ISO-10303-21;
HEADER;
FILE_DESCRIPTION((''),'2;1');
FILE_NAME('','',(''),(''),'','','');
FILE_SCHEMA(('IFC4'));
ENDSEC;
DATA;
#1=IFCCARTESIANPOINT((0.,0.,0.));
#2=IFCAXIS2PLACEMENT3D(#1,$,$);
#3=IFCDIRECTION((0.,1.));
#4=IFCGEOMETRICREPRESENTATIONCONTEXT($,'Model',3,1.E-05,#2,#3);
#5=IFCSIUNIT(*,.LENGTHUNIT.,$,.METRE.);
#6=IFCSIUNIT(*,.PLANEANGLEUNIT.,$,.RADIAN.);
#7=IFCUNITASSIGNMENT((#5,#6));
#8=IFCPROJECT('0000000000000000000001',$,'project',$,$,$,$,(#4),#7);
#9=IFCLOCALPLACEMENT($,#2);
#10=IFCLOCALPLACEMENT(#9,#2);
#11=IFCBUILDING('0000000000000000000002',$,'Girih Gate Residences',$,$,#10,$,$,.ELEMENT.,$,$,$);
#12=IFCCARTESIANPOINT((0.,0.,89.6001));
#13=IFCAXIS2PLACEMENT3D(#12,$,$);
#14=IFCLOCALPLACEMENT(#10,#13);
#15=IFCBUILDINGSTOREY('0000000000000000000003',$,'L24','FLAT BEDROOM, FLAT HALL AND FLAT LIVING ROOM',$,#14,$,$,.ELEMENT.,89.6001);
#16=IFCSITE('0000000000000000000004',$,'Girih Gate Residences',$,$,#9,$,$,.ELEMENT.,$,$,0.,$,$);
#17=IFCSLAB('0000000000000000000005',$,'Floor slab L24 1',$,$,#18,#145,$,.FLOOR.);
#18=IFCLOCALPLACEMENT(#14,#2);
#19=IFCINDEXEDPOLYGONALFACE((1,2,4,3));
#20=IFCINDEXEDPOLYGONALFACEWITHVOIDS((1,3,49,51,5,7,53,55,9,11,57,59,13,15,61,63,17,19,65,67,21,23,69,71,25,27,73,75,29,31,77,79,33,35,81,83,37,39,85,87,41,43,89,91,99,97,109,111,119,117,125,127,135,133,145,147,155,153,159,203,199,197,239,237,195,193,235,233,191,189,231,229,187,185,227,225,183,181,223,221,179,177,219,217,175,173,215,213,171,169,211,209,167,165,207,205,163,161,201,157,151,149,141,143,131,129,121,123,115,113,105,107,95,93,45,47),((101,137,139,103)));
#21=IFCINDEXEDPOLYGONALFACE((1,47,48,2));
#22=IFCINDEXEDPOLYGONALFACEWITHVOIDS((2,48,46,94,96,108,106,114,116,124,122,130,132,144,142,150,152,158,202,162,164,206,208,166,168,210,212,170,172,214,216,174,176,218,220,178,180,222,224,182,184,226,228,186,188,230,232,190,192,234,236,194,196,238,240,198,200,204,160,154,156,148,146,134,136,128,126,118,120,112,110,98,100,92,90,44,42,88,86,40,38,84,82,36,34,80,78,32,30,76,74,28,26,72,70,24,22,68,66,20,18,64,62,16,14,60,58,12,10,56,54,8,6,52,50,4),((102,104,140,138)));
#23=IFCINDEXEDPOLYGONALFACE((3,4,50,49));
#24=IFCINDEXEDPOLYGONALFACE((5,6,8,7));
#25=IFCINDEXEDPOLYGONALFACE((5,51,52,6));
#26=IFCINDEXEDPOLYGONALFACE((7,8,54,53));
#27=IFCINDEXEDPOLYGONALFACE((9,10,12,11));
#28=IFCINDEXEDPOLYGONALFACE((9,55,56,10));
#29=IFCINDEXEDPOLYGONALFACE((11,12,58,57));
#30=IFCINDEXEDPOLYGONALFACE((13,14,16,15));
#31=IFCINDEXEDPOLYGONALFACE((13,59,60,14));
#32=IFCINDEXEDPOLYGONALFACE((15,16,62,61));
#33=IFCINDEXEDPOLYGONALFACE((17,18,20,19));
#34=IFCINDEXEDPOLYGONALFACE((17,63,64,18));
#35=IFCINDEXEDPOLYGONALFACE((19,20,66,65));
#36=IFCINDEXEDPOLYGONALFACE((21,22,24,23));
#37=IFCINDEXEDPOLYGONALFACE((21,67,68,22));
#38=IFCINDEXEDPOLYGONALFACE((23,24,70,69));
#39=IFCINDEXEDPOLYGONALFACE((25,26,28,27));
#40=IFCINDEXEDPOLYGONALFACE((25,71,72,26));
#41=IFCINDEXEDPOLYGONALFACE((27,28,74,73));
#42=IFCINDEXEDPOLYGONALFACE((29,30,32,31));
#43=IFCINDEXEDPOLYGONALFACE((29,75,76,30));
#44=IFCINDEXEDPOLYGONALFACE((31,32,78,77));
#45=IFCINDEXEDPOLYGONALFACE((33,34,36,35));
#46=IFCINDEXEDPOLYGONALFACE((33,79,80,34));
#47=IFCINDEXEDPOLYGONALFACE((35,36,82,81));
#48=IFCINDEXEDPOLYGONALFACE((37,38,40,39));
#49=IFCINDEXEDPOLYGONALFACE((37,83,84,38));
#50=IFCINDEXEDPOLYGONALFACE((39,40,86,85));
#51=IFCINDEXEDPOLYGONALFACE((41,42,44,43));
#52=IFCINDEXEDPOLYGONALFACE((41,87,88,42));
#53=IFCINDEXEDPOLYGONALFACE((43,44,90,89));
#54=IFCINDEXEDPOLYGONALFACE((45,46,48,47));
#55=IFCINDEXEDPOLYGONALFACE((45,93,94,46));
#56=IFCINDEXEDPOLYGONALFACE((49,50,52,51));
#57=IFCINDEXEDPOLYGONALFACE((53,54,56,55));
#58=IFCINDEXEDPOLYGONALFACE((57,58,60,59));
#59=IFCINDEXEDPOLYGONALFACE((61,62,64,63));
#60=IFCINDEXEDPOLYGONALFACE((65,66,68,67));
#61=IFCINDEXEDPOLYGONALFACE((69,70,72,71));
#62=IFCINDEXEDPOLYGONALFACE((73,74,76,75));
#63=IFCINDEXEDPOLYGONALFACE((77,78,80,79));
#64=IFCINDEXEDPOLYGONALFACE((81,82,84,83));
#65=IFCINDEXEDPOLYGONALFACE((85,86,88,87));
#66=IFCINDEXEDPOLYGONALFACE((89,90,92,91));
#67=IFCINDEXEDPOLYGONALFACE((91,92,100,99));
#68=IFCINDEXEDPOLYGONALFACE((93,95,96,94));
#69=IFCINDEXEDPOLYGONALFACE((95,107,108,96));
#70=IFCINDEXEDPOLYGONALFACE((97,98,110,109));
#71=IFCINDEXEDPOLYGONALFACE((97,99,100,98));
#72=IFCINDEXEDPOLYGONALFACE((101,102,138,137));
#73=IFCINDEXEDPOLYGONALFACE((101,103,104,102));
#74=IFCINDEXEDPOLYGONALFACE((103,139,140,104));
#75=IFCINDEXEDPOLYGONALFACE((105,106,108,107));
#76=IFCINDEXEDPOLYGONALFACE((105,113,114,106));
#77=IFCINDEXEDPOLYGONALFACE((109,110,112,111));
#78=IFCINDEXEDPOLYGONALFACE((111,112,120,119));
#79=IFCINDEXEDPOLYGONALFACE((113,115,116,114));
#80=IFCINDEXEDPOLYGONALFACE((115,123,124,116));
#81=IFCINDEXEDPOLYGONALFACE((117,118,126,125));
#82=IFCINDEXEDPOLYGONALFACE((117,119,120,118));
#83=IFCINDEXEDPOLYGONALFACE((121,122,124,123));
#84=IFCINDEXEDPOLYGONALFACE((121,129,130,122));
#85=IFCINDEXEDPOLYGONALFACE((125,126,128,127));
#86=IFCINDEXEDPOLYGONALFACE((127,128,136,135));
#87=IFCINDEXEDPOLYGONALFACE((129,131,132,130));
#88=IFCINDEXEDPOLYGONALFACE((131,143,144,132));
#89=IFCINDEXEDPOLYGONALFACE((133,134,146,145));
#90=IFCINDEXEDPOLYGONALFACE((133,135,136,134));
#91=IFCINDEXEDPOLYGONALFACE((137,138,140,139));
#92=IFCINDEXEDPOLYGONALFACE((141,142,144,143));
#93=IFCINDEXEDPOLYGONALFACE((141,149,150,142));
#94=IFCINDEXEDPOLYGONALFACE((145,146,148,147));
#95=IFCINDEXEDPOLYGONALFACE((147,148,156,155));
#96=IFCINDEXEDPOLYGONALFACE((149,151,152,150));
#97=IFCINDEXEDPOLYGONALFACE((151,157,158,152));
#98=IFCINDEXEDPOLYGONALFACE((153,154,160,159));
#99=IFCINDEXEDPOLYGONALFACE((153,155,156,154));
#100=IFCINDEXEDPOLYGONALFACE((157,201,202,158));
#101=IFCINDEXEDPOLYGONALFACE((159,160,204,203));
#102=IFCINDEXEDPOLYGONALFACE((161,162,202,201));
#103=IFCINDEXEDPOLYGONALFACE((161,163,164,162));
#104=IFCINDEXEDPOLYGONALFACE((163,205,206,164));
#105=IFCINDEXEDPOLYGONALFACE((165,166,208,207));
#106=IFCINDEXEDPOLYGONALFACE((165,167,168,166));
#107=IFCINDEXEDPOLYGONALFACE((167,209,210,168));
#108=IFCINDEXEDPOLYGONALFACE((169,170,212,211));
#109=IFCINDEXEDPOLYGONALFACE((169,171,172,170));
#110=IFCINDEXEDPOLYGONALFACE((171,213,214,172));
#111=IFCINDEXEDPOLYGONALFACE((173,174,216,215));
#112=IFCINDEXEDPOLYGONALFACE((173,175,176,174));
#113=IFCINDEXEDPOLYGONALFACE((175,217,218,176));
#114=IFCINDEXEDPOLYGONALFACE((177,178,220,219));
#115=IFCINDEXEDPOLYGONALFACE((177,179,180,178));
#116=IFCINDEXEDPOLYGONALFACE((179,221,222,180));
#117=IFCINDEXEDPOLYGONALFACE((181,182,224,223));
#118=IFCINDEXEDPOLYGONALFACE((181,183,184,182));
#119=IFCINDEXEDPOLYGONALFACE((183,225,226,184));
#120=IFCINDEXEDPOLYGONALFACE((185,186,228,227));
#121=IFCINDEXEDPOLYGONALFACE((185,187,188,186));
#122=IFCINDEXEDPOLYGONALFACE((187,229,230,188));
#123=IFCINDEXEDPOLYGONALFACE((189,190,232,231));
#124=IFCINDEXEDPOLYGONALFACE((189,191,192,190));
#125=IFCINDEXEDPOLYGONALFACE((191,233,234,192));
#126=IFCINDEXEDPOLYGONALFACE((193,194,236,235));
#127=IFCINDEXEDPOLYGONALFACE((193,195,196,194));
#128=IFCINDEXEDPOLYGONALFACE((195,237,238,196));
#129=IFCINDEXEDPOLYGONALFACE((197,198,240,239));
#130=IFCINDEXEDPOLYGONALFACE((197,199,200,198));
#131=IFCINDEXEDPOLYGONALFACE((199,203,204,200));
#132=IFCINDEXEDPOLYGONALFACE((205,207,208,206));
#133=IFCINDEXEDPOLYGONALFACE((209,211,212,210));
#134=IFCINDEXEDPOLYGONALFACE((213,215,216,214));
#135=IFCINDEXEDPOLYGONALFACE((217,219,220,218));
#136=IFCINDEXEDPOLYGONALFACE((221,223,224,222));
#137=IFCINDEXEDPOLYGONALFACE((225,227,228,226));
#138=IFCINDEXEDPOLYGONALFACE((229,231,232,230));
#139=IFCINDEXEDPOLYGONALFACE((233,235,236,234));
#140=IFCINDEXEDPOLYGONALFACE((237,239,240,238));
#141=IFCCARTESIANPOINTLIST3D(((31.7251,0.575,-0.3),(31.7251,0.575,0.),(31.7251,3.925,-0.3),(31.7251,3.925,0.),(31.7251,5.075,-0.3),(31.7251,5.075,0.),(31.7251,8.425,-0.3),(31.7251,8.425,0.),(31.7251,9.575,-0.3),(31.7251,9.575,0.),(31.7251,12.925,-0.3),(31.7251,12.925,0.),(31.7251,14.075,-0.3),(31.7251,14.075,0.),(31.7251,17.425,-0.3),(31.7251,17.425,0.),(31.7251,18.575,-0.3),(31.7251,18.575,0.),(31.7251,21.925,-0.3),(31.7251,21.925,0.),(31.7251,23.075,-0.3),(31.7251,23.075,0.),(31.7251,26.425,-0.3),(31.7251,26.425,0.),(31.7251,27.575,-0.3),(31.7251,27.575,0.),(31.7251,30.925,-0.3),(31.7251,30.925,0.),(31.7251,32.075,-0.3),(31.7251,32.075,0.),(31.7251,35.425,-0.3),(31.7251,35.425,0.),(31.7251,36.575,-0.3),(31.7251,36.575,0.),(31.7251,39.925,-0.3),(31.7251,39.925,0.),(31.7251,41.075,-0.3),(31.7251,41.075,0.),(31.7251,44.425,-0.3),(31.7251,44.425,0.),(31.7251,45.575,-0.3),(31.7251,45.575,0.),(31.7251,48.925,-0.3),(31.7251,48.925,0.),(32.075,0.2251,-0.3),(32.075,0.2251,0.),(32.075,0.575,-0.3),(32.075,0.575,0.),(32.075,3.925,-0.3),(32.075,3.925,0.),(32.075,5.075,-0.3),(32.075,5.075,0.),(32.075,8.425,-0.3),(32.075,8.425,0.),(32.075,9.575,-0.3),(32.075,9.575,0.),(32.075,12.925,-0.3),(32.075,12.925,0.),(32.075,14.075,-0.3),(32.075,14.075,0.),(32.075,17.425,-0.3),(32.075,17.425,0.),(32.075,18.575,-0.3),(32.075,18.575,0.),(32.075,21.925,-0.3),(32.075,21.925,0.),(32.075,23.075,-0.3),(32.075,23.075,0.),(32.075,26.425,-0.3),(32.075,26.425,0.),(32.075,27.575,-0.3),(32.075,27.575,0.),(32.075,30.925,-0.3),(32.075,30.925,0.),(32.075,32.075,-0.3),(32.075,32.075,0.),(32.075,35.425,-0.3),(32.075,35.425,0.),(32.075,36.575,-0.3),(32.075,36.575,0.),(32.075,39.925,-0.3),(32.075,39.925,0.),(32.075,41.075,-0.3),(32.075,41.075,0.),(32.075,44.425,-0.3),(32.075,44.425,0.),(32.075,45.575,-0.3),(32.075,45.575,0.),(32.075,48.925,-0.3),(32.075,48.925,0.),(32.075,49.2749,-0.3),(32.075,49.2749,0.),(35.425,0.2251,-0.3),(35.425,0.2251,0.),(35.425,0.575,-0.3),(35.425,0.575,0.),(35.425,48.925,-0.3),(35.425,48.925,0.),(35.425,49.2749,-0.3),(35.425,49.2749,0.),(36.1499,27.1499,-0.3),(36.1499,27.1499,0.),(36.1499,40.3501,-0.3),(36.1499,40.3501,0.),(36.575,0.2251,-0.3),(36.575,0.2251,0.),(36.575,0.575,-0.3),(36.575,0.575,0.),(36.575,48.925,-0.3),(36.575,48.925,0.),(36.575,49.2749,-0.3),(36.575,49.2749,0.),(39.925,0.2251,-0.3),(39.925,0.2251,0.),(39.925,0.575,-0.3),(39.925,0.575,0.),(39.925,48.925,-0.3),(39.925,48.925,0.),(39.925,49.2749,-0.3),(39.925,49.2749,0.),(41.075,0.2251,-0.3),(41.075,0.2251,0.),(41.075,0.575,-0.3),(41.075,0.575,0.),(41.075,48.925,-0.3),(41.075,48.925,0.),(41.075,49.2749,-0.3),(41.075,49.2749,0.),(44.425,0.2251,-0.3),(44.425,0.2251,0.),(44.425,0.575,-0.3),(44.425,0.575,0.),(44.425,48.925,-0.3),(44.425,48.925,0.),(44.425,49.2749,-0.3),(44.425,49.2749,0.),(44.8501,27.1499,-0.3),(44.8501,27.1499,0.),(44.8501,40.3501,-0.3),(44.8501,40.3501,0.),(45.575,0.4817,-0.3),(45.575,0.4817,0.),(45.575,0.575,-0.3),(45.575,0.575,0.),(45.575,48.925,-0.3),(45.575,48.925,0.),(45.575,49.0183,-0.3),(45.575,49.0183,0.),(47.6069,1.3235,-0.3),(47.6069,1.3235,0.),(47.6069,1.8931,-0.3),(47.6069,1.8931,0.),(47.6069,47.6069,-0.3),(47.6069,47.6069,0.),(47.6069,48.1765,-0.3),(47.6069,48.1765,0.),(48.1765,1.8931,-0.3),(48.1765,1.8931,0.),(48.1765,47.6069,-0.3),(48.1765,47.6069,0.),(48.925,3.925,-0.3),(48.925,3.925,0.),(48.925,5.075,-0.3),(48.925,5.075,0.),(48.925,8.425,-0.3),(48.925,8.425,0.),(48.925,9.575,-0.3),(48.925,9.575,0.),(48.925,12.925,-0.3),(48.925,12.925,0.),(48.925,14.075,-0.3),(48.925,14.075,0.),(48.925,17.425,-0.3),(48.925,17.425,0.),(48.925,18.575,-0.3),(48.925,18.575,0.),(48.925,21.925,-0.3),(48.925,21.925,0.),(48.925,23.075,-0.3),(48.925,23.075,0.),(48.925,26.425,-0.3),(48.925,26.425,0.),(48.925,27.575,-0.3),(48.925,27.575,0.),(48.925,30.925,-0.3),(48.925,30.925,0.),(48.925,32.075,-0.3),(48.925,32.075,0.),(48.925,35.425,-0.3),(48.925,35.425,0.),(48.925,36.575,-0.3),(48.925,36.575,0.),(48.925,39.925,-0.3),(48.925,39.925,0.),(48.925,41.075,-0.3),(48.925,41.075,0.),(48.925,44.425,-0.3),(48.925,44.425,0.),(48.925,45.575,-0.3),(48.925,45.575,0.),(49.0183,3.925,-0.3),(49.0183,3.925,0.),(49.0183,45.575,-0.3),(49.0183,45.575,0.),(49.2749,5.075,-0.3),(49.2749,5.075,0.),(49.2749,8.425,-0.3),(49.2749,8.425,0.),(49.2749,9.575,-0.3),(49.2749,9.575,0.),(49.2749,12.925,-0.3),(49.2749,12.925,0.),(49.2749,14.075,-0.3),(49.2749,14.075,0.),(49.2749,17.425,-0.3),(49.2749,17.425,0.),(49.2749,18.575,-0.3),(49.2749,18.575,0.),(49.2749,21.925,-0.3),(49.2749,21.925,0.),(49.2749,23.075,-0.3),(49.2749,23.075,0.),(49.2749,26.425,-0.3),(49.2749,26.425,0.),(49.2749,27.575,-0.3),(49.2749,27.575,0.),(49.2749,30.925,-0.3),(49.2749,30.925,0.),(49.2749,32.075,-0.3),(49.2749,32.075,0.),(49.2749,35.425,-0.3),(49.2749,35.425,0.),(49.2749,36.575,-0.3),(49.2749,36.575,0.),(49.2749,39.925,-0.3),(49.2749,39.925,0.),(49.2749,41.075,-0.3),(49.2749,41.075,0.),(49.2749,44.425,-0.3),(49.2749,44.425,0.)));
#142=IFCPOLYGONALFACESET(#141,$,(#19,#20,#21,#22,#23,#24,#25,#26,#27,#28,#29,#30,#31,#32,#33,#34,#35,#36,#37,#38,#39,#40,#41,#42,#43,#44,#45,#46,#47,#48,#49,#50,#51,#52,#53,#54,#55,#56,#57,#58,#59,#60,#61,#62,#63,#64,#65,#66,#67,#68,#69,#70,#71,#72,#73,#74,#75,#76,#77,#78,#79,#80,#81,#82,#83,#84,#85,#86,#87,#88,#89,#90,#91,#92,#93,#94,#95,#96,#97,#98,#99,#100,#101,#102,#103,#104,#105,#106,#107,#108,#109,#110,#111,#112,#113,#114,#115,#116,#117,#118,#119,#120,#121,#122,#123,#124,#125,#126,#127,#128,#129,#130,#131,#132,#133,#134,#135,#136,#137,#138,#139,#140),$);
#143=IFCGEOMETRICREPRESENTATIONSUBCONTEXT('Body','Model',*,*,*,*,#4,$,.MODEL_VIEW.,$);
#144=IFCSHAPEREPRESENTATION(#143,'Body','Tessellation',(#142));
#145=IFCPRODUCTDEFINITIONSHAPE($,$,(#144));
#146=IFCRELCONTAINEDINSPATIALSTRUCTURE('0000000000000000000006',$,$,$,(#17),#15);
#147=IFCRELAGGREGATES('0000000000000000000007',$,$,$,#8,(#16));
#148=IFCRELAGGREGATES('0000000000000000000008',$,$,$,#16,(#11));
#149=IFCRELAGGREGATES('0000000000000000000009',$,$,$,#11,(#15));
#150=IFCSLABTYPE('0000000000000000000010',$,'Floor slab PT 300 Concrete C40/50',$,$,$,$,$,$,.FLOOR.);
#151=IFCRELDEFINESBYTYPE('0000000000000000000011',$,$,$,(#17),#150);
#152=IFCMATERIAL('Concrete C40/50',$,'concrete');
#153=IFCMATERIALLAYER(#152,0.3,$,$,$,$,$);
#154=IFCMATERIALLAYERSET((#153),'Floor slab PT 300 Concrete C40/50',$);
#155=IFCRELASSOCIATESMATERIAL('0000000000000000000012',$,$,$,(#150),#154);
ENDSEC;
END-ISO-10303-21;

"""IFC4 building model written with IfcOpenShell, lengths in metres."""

from ifc_helpers import new_model, si_unit, direction, frame, origin, place, context, subcontext, project, spatial, polyline, outline, extrude, material, layer, layer_set, type_object, element, save


model = new_model("IFC4")

# Units and contexts
model_context = context("Model", 3, precision=1e-05, world=origin(), true_north=direction((0.0, 1.0)))
body_context = subcontext(model_context, "Body", "Model", "MODEL_VIEW")
ifc_project = project(units=[si_unit("LENGTHUNIT", "METRE"), si_unit("PLANEANGLEUNIT", "RADIAN")], contexts=[model_context])

# Site, building, storey
site_placement = place(None, origin())
site = spatial("IfcSite", under=ifc_project, at=site_placement, Name="Girih Gate Residences", CompositionType="ELEMENT", RefElevation=0.0)
building_placement = place(site_placement, origin())
building = spatial("IfcBuilding", under=site, at=building_placement, Name="Girih Gate Residences", CompositionType="ELEMENT")
storey_placement = place(building_placement, frame((0.0, 0.0, 89.6001)))
storey = spatial("IfcBuildingStorey", under=building, at=storey_placement, Name="L24", Description="FLAT BEDROOM, FLAT HALL AND FLAT LIVING ROOM", CompositionType="ELEMENT", Elevation=89.6001)

# Slab
ifc_material_1 = material(Name="Concrete C40/50", Category="concrete")
ifc_layer_1 = layer(ifc_material_1, 0.3)
ifc_layer_set_1 = layer_set([ifc_layer_1], Name="Floor slab PT 300 Concrete C40/50")
slab_type_1 = type_object("IfcSlabType", Name="Floor slab PT 300 Concrete C40/50", PredefinedType="FLOOR", material=ifc_layer_set_1)
slab_1_placement = place(storey_placement, frame((0.0, 0.0, -0.3)))
element("IfcSlab", 1, at=slab_1_placement, inside=storey, type_object=slab_type_1, Name="Floor slab L24 1", PredefinedType="FLOOR", context=body_context, shape_type="SweptSolid", body=[
    extrude(outline(polyline([(35.425, 49.2749), (32.075, 49.2749), (32.075, 48.925), (31.7251, 48.925), (31.7251, 45.575), (32.075, 45.575), (32.075, 44.425), (31.7251, 44.425), (31.7251, 41.075), (32.075, 41.075), (32.075, 39.925), (31.7251, 39.925), (31.7251, 36.575), (32.075, 36.575), (32.075, 35.425), (31.7251, 35.425), (31.7251, 32.075), (32.075, 32.075), (32.075, 30.925), (31.7251, 30.925), (31.7251, 27.575), (32.075, 27.575), (32.075, 26.425), (31.7251, 26.425), (31.7251, 23.075), (32.075, 23.075), (32.075, 21.925), (31.7251, 21.925), (31.7251, 18.575), (32.075, 18.575), (32.075, 17.425), (31.7251, 17.425), (31.7251, 14.075), (32.075, 14.075), (32.075, 12.925), (31.7251, 12.925), (31.7251, 9.575), (32.075, 9.575), (32.075, 8.425), (31.7251, 8.425), (31.7251, 5.075), (32.075, 5.075), (32.075, 3.925), (31.7251, 3.925), (31.7251, 0.575), (32.075, 0.575), (32.075, 0.2251), (35.425, 0.2251), (35.425, 0.575), (36.575, 0.575), (36.575, 0.2251), (39.925, 0.2251), (39.925, 0.575), (41.075, 0.575), (41.075, 0.2251), (44.425, 0.2251), (44.425, 0.575), (45.575, 0.575), (45.575, 0.4817), (47.6069, 1.3235), (47.6069, 1.8931), (48.1765, 1.8931), (49.0183, 3.925), (48.925, 3.925), (48.925, 5.075), (49.2749, 5.075), (49.2749, 8.425), (48.925, 8.425), (48.925, 9.575), (49.2749, 9.575), (49.2749, 12.925), (48.925, 12.925), (48.925, 14.075), (49.2749, 14.075), (49.2749, 17.425), (48.925, 17.425), (48.925, 18.575), (49.2749, 18.575), (49.2749, 21.925), (48.925, 21.925), (48.925, 23.075), (49.2749, 23.075), (49.2749, 26.425), (48.925, 26.425), (48.925, 27.575), (49.2749, 27.575), (49.2749, 30.925), (48.925, 30.925), (48.925, 32.075), (49.2749, 32.075), (49.2749, 35.425), (48.925, 35.425), (48.925, 36.575), (49.2749, 36.575), (49.2749, 39.925), (48.925, 39.925), (48.925, 41.075), (49.2749, 41.075), (49.2749, 44.425), (48.925, 44.425), (48.925, 45.575), (49.0183, 45.575), (48.1765, 47.6069), (47.6069, 47.6069), (47.6069, 48.1765), (45.575, 49.0183), (45.575, 48.925), (44.425, 48.925), (44.425, 49.2749), (41.075, 49.2749), (41.075, 48.925), (39.925, 48.925), (39.925, 49.2749), (36.575, 49.2749), (36.575, 48.925), (35.425, 48.925), (35.425, 49.2749)]), holes=[polyline([(44.8501, 40.3501), (44.8501, 27.1499), (36.1499, 27.1499), (36.1499, 40.3501), (44.8501, 40.3501)])]), origin(), (0.0, 0.0, 1.0), 0.3),
])

save(model, "model.ifc")
